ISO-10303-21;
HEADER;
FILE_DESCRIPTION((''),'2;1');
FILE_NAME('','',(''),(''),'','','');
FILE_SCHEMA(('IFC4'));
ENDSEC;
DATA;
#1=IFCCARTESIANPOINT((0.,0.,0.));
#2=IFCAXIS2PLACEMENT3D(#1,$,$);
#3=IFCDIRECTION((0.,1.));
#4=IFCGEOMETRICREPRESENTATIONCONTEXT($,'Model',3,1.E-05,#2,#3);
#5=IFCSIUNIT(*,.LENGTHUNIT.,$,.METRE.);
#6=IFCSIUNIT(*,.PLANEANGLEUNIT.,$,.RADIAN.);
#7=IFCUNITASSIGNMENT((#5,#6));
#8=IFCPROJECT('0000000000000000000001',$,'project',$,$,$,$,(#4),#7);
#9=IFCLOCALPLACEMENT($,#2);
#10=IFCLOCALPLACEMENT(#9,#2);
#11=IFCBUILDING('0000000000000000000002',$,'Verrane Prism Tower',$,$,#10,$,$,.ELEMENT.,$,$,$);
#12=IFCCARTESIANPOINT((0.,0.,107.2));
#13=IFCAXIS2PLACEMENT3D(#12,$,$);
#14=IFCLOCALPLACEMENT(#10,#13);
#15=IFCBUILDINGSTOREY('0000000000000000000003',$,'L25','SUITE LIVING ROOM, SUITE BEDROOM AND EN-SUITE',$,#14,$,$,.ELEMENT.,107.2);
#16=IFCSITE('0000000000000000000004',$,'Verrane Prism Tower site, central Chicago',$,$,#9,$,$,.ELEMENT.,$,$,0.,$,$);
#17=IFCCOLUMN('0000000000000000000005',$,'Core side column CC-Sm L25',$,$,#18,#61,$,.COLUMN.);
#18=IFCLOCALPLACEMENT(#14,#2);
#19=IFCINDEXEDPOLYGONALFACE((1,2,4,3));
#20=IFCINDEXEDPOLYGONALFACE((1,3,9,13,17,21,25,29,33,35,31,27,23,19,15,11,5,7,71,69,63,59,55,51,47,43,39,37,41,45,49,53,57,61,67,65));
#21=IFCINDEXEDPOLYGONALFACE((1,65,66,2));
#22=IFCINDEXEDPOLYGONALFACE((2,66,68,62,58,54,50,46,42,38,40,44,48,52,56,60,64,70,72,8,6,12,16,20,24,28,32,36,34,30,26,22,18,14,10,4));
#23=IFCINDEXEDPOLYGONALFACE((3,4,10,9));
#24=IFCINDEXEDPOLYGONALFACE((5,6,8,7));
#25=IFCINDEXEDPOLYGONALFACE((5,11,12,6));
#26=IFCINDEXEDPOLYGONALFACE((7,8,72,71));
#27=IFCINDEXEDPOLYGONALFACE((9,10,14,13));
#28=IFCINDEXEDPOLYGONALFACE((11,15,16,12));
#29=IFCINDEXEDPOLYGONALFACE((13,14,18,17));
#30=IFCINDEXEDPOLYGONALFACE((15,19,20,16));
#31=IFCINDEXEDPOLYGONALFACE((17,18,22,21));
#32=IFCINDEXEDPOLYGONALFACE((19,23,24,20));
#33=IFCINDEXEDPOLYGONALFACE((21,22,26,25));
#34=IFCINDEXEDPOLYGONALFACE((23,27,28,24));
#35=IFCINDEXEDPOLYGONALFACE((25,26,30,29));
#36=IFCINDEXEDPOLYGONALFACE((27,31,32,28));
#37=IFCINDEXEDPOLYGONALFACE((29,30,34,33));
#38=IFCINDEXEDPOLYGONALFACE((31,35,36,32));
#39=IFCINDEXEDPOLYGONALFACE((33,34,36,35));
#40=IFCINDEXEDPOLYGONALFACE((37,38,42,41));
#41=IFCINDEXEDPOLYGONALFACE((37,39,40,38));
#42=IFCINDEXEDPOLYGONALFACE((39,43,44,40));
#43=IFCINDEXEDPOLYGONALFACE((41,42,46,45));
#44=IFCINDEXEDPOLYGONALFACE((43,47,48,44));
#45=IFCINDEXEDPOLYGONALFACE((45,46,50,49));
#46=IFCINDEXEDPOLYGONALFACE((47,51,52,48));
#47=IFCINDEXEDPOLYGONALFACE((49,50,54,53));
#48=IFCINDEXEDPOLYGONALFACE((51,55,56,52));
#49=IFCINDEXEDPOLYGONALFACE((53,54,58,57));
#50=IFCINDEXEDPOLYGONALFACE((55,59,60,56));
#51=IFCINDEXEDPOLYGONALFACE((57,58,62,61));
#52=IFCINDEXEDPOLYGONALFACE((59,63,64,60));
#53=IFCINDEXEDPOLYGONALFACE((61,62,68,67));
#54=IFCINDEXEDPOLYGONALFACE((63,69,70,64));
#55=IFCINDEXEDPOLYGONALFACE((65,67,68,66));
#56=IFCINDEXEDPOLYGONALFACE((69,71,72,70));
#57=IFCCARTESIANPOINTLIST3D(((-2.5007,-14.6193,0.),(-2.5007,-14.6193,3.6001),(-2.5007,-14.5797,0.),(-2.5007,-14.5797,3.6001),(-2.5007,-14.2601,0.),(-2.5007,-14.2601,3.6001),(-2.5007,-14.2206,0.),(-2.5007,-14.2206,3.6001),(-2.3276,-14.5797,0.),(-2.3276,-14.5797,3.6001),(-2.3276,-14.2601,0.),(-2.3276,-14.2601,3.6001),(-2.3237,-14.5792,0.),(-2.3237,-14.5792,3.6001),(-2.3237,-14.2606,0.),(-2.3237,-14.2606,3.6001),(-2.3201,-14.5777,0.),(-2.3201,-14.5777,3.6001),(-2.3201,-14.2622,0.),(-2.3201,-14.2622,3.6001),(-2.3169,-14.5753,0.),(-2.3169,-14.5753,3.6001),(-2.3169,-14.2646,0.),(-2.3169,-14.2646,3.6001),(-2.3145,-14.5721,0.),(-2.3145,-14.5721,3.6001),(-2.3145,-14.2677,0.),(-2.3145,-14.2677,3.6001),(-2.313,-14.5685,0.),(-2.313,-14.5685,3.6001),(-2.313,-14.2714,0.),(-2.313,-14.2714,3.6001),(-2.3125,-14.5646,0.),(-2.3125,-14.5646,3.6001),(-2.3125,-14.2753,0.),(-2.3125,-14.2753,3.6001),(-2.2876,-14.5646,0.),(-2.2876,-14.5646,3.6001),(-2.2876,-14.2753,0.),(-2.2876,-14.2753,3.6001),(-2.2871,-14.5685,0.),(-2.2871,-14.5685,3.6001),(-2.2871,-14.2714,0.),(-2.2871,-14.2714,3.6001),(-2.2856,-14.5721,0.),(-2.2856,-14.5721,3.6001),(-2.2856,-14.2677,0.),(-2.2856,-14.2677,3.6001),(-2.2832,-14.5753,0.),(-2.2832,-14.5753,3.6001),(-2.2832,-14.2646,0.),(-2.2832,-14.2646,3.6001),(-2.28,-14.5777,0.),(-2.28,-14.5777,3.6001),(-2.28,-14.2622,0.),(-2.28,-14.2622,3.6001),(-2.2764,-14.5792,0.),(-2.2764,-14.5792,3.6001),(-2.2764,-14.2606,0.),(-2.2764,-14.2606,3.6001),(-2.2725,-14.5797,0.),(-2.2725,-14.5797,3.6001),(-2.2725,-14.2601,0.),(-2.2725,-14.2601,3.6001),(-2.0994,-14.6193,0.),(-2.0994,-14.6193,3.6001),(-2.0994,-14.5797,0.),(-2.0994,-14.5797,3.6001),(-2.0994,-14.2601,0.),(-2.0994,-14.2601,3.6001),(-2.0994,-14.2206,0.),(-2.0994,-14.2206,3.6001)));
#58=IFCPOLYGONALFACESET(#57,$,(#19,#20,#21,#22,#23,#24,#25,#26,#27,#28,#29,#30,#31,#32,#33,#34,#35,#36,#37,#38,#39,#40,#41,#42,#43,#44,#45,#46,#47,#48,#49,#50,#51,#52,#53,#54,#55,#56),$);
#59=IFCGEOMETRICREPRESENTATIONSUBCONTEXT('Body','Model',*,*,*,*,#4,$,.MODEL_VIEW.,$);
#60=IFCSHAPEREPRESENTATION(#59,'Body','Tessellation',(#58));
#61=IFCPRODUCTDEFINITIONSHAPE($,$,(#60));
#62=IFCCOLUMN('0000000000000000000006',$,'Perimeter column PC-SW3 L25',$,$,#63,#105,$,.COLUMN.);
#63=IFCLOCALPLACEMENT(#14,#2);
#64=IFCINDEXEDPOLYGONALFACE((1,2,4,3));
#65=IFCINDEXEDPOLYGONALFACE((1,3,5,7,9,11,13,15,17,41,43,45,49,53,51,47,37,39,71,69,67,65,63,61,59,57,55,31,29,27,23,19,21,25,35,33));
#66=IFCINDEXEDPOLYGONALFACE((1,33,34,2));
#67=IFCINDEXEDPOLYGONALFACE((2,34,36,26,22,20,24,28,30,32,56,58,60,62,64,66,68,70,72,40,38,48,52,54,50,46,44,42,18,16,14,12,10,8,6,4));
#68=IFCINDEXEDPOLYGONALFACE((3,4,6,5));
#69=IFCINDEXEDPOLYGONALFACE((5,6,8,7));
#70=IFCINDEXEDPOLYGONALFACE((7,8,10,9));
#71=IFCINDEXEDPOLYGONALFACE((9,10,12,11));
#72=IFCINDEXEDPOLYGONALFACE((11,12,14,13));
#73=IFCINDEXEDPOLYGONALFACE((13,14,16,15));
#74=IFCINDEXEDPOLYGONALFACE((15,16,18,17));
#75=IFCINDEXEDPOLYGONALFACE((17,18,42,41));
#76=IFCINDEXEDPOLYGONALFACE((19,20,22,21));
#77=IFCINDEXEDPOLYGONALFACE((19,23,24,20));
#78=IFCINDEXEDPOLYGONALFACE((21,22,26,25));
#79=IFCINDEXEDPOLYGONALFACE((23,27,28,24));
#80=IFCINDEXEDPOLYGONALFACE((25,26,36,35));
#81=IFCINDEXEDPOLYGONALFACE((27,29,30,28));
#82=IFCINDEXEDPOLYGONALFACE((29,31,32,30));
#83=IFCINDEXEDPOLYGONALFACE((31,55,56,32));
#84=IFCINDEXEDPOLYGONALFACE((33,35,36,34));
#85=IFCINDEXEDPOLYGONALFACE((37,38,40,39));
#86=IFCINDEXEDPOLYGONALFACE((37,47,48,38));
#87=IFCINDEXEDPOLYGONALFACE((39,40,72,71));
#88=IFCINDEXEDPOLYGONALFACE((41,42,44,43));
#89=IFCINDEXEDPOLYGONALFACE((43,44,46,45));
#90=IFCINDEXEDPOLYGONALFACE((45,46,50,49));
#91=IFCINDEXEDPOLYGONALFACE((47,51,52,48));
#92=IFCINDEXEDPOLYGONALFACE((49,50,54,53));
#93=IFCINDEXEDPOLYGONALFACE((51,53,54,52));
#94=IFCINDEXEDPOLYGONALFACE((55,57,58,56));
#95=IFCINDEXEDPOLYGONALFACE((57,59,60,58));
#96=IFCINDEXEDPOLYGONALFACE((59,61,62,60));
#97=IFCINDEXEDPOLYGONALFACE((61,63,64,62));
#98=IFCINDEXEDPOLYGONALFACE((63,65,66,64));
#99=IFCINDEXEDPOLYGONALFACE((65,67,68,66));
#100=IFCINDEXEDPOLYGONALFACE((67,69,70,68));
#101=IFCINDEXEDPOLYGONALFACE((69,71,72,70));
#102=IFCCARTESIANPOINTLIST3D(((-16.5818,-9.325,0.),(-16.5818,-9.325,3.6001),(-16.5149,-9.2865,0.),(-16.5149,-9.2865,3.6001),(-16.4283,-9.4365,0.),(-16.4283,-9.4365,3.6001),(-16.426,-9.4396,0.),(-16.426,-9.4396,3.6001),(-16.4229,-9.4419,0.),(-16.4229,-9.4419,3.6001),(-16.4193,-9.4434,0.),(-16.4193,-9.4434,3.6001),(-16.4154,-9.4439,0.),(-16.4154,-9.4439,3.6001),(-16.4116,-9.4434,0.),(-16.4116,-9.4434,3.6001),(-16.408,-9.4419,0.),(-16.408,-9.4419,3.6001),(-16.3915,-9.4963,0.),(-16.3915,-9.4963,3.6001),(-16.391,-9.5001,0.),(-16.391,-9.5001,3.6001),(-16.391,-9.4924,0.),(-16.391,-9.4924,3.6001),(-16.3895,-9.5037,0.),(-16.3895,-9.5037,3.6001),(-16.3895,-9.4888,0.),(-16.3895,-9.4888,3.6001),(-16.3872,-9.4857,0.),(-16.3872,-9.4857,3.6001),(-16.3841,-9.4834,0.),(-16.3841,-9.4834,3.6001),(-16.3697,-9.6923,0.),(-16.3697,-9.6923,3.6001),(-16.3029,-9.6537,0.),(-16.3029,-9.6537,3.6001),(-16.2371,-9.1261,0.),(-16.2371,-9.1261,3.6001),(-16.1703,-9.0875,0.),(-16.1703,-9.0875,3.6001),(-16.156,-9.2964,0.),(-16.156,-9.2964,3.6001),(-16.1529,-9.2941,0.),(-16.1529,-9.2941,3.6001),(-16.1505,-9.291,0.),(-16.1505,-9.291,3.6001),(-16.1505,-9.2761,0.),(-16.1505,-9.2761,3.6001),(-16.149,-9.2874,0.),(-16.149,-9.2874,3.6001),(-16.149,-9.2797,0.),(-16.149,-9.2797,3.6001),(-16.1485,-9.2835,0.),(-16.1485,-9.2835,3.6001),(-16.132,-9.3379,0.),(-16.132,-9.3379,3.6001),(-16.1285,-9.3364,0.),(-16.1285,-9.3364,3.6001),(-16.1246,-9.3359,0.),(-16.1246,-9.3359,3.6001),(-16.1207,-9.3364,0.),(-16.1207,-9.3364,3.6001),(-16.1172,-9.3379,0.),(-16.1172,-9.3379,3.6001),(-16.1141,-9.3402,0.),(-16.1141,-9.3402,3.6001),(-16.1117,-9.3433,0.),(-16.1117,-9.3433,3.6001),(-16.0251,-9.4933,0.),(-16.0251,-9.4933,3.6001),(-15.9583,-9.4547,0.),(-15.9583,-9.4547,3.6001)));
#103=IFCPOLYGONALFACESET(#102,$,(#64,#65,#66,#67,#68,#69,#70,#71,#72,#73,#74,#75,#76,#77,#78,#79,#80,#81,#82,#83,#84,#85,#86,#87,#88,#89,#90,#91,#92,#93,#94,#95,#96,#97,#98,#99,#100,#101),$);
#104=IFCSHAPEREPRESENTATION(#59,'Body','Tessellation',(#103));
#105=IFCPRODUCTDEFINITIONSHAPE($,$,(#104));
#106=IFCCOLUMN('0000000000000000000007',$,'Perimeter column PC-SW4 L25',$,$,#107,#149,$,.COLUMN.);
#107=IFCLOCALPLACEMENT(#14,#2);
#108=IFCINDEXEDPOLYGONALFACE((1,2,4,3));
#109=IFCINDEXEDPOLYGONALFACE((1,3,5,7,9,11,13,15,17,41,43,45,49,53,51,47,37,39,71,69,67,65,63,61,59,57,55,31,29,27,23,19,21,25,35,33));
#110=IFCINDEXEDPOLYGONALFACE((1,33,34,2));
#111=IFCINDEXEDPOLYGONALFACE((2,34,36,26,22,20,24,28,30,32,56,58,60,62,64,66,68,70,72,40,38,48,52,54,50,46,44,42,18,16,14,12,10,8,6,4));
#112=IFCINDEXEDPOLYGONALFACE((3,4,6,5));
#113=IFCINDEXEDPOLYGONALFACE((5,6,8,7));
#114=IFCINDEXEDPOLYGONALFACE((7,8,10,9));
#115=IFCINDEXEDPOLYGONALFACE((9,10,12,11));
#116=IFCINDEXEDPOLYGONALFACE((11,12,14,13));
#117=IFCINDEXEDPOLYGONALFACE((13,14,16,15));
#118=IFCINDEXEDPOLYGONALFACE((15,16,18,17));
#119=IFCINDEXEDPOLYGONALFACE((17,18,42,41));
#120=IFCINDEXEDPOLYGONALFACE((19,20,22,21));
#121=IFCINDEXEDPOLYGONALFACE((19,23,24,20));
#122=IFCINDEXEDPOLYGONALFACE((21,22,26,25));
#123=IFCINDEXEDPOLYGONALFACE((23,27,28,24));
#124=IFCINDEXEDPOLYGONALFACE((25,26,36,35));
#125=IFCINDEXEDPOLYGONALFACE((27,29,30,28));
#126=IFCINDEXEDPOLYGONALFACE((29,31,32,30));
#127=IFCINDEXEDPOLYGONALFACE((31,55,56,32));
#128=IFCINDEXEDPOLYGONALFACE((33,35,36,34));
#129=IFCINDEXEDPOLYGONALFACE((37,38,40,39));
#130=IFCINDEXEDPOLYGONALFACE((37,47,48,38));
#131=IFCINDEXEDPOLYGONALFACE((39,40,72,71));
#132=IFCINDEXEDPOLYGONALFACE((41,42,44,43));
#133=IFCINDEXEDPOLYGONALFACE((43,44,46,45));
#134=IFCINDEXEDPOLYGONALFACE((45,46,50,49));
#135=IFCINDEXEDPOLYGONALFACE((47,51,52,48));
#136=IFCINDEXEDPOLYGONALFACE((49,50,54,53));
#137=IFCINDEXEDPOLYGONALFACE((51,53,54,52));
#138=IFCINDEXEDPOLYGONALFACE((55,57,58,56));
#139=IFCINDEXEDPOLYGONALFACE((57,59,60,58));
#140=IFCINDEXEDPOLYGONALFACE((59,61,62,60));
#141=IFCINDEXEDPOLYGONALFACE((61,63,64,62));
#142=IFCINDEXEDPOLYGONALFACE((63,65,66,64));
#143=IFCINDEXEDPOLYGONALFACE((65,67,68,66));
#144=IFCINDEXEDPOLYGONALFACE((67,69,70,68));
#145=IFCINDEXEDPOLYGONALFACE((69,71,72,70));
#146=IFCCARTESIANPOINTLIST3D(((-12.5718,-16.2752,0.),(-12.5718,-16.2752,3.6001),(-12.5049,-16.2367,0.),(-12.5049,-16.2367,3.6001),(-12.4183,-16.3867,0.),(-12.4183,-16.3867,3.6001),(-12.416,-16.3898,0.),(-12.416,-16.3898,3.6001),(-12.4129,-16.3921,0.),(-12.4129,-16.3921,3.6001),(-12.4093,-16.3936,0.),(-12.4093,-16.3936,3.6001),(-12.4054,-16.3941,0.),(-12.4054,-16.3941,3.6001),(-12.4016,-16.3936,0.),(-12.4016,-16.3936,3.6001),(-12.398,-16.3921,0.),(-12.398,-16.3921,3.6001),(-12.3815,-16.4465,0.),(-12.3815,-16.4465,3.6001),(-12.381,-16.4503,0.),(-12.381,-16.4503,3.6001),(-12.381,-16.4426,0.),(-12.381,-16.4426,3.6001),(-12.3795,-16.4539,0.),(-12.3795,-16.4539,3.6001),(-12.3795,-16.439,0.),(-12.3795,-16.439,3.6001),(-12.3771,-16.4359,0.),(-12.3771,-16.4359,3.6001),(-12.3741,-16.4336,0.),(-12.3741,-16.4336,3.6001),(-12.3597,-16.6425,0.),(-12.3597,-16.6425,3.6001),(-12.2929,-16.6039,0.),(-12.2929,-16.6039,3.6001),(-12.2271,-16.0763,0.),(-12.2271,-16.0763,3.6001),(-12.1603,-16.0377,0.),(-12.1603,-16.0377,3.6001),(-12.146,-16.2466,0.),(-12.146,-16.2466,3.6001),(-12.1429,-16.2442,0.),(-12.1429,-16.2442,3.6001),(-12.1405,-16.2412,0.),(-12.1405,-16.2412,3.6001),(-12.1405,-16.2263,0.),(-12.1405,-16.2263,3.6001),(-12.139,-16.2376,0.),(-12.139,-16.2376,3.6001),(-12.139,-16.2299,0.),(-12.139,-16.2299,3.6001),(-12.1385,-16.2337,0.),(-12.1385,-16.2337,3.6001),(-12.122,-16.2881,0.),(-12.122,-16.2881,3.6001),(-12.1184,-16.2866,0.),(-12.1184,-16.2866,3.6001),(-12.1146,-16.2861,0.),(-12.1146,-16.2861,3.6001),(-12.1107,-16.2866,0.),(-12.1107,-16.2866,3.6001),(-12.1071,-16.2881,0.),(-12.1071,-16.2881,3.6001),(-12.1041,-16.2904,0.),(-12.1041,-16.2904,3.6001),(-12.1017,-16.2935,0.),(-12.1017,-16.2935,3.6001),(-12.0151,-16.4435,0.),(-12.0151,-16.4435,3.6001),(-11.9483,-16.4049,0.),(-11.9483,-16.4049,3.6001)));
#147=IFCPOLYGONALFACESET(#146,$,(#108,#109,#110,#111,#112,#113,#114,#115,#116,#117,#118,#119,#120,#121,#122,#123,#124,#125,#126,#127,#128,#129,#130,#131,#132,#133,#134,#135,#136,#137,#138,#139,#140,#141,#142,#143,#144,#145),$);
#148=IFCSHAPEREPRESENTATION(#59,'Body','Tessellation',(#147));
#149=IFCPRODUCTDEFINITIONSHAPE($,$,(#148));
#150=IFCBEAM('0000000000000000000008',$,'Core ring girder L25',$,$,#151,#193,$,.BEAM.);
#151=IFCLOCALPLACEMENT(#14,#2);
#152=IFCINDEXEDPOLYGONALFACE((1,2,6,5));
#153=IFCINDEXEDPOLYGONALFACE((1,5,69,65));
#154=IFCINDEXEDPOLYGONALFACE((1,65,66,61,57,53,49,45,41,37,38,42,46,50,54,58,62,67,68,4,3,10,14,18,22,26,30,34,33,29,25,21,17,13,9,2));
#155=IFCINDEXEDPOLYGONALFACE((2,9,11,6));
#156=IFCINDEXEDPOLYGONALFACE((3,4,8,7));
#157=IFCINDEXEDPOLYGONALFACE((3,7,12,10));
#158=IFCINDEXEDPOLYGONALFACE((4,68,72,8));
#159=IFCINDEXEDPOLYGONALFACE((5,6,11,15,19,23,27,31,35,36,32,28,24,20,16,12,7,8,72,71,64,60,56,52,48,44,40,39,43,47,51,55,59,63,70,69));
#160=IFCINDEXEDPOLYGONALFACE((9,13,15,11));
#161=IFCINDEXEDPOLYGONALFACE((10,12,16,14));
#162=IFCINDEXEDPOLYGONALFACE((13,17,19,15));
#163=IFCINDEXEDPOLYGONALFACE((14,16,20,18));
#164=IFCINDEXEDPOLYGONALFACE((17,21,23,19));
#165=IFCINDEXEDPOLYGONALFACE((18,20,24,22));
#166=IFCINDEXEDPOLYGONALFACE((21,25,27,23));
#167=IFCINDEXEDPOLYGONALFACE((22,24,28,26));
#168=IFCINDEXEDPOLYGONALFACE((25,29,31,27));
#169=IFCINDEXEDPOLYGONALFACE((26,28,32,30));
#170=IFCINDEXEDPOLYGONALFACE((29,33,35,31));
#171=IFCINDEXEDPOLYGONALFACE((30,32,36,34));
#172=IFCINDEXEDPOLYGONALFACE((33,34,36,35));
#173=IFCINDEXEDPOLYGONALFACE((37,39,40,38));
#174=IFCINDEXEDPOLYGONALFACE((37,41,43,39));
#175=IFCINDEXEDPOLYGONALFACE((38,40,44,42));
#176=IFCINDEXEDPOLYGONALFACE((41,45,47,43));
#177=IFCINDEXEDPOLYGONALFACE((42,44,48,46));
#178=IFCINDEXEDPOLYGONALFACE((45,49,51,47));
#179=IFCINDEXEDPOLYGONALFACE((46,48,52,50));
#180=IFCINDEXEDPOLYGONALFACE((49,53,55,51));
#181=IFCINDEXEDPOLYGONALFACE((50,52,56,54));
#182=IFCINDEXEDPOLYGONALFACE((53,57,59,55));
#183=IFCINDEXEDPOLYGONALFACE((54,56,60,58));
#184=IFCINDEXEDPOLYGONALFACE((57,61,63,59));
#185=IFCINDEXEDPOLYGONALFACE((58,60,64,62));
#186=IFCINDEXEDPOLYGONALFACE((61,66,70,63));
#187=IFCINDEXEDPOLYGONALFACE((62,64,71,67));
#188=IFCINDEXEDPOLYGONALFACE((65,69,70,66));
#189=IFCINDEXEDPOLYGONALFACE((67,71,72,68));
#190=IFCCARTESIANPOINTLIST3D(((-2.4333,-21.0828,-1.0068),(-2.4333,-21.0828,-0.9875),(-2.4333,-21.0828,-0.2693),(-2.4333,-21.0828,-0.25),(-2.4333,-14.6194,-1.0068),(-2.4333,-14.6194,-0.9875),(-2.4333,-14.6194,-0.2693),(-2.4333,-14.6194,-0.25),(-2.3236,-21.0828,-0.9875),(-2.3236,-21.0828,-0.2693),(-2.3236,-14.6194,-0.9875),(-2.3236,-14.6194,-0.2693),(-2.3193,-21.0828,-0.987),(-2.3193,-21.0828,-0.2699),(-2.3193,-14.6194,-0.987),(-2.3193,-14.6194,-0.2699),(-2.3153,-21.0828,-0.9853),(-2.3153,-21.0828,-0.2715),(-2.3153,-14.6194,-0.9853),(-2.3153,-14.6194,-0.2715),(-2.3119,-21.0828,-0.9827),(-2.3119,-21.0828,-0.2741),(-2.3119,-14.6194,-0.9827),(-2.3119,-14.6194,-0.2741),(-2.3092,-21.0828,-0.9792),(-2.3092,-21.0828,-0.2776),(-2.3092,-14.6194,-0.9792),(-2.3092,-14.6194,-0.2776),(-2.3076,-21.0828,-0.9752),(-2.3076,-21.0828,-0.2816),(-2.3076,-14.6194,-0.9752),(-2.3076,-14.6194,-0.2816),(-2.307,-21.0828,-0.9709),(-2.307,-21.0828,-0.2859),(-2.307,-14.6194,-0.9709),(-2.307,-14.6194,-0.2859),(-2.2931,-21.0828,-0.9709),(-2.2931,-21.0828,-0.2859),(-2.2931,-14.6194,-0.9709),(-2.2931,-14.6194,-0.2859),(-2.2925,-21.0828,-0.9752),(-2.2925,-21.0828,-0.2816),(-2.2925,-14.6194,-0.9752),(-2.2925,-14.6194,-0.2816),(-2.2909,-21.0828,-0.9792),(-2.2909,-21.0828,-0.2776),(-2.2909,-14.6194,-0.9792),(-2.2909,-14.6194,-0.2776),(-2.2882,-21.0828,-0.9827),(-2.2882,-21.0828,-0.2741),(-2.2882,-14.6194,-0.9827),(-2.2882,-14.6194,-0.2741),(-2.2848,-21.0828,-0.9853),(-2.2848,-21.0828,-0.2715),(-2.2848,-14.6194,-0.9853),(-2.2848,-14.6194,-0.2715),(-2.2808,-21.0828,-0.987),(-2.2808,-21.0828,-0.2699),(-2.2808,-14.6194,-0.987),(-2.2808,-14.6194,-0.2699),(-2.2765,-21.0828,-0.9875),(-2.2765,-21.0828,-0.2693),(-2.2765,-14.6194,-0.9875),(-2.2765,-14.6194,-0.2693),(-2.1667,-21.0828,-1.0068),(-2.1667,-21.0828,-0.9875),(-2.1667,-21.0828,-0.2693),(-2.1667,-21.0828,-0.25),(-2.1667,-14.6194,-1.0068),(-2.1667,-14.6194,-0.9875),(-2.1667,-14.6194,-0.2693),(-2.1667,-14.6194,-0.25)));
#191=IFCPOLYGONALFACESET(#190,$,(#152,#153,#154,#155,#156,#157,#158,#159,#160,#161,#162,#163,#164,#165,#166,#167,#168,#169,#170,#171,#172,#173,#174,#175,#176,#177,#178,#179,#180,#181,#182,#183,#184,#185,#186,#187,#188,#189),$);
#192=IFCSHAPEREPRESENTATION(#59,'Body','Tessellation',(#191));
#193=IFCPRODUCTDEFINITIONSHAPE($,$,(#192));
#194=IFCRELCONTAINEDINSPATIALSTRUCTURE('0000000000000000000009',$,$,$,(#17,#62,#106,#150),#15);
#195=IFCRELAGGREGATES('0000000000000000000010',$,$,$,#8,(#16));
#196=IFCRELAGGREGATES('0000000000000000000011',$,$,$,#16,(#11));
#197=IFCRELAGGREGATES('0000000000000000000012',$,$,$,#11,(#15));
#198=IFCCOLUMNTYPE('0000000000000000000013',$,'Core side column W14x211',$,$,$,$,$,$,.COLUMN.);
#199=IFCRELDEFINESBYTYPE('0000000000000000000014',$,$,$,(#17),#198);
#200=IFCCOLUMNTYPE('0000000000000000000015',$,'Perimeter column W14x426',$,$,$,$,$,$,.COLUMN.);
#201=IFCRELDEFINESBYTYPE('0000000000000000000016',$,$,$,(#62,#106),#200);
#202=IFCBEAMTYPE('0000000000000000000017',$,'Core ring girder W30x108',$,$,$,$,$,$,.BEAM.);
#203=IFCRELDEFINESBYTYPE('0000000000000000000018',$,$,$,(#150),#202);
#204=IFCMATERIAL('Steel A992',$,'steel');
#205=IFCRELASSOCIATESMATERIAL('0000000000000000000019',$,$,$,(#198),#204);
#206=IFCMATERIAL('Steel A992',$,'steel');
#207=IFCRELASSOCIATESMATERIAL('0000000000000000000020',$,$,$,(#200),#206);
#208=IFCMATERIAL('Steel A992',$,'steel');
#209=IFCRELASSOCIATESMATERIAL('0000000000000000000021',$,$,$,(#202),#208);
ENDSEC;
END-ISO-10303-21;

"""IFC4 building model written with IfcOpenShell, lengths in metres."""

from ifc_helpers import new_model, si_unit, direction, frame, origin, origin_2d, place, context, subcontext, project, spatial, i_section, extrude, material, material_profile, profile_set, type_object, element, save


model = new_model("IFC4")

# Units and contexts
model_context = context("Model", 3, precision=1e-05, world=origin(), true_north=direction((0.0, 1.0)))
body_context = subcontext(model_context, "Body", "Model", "MODEL_VIEW")
ifc_project = project(units=[si_unit("LENGTHUNIT", "METRE"), si_unit("PLANEANGLEUNIT", "RADIAN")], contexts=[model_context])

# Site, building, storey
site_placement = place(None, origin())
site = spatial("IfcSite", under=ifc_project, at=site_placement, Name="Verrane Prism Tower site, central Chicago", CompositionType="ELEMENT", RefElevation=0.0)
building_placement = place(site_placement, origin())
building = spatial("IfcBuilding", under=site, at=building_placement, Name="Verrane Prism Tower", CompositionType="ELEMENT")
storey_placement = place(building_placement, frame((0.0, 0.0, 107.2)))
storey = spatial("IfcBuildingStorey", under=building, at=storey_placement, Name="L25", Description="SUITE LIVING ROOM, SUITE BEDROOM AND EN-SUITE", CompositionType="ELEMENT", Elevation=107.2)

# Columns
ifc_material_1 = material(Name="Steel A992", Category="steel")
ifc_material_profile_1 = material_profile(ifc_material_1, i_section(OverallWidth=0.4014, OverallDepth=0.3987, WebThickness=0.0249, FlangeThickness=0.0396, FilletRadius=0.0151, at=origin_2d()), Name="W14x211")
ifc_profile_set_1 = profile_set([ifc_material_profile_1], Name="Steel A992")
column_type_1 = type_object("IfcColumnType", Name="Core side column W14x211", PredefinedType="COLUMN", material=ifc_profile_set_1)
column_placement = place(storey_placement, frame((-2.3, -14.4199, 0.0), z_axis=(0.0, 0.0, 1.0), x_axis=(1.0, 0.0, 0.0)))
element("IfcColumn", 1, at=column_placement, inside=storey, type_object=column_type_1, Name="Core side column CC-Sm L25", PredefinedType="COLUMN", context=body_context, shape_type="SweptSolid", body=[
    extrude(i_section(OverallWidth=0.4014, OverallDepth=0.3987, WebThickness=0.0249, FlangeThickness=0.0396, FilletRadius=0.0151, at=origin_2d()), origin(), (0.0, 0.0, 1.0), 3.6001),
])
ifc_material_2 = material(Name="Steel A992", Category="steel")
ifc_material_profile_2 = material_profile(ifc_material_2, i_section(OverallWidth=0.4241, OverallDepth=0.4751, WebThickness=0.0479, FlangeThickness=0.0771, FilletRadius=0.0149, at=origin_2d()), Name="W14x426")
ifc_profile_set_2 = profile_set([ifc_material_profile_2], Name="Steel A992")
column_type_2 = type_object("IfcColumnType", Name="Perimeter column W14x426", PredefinedType="COLUMN", material=ifc_profile_set_2)
for number, where, z_axis, x_axis, name in (
    (2, (-16.27, -9.3899, 0.0), (0.0, 0.0, 1.0), (-0.5, 0.866025, 0.0), "Perimeter column PC-SW3 L25"),
    (3, (-12.26, -16.3401, 0.0), (0.0, 0.0, 1.0), (-0.5, 0.866025, 0.0), "Perimeter column PC-SW4 L25"),
):
    element("IfcColumn", number, at=place(storey_placement, frame(where, z_axis=z_axis, x_axis=x_axis)), inside=storey, type_object=column_type_2, Name=name, PredefinedType="COLUMN", context=body_context, shape_type="SweptSolid", body=[
        extrude(i_section(OverallWidth=0.4241, OverallDepth=0.4751, WebThickness=0.0479, FlangeThickness=0.0771, FilletRadius=0.0149, at=origin_2d()), origin(), (0.0, 0.0, 1.0), 3.6001),
    ])

# Beam
ifc_material_3 = material(Name="Steel A992", Category="steel")
ifc_material_profile_3 = material_profile(ifc_material_3, i_section(OverallWidth=0.2666, OverallDepth=0.7568, WebThickness=0.0139, FlangeThickness=0.0193, FilletRadius=0.0166, at=origin_2d()), Name="W30x108")
ifc_profile_set_3 = profile_set([ifc_material_profile_3], Name="Steel A992")
beam_type_1 = type_object("IfcBeamType", Name="Core ring girder W30x108", PredefinedType="BEAM", material=ifc_profile_set_3)
beam_1_placement = place(storey_placement, frame((-2.3, -14.6194, -0.6284), z_axis=(0.0, -1.0, 0.0), x_axis=(1.0, 0.0, 0.0)))
element("IfcBeam", 4, at=beam_1_placement, inside=storey, type_object=beam_type_1, Name="Core ring girder L25", PredefinedType="BEAM", context=body_context, shape_type="SweptSolid", body=[
    extrude(i_section(OverallWidth=0.2666, OverallDepth=0.7568, WebThickness=0.0139, FlangeThickness=0.0193, FilletRadius=0.0166, at=origin_2d()), origin(), (0.0, 0.0, 1.0), 6.4634),
])

save(model, "model.ifc")
